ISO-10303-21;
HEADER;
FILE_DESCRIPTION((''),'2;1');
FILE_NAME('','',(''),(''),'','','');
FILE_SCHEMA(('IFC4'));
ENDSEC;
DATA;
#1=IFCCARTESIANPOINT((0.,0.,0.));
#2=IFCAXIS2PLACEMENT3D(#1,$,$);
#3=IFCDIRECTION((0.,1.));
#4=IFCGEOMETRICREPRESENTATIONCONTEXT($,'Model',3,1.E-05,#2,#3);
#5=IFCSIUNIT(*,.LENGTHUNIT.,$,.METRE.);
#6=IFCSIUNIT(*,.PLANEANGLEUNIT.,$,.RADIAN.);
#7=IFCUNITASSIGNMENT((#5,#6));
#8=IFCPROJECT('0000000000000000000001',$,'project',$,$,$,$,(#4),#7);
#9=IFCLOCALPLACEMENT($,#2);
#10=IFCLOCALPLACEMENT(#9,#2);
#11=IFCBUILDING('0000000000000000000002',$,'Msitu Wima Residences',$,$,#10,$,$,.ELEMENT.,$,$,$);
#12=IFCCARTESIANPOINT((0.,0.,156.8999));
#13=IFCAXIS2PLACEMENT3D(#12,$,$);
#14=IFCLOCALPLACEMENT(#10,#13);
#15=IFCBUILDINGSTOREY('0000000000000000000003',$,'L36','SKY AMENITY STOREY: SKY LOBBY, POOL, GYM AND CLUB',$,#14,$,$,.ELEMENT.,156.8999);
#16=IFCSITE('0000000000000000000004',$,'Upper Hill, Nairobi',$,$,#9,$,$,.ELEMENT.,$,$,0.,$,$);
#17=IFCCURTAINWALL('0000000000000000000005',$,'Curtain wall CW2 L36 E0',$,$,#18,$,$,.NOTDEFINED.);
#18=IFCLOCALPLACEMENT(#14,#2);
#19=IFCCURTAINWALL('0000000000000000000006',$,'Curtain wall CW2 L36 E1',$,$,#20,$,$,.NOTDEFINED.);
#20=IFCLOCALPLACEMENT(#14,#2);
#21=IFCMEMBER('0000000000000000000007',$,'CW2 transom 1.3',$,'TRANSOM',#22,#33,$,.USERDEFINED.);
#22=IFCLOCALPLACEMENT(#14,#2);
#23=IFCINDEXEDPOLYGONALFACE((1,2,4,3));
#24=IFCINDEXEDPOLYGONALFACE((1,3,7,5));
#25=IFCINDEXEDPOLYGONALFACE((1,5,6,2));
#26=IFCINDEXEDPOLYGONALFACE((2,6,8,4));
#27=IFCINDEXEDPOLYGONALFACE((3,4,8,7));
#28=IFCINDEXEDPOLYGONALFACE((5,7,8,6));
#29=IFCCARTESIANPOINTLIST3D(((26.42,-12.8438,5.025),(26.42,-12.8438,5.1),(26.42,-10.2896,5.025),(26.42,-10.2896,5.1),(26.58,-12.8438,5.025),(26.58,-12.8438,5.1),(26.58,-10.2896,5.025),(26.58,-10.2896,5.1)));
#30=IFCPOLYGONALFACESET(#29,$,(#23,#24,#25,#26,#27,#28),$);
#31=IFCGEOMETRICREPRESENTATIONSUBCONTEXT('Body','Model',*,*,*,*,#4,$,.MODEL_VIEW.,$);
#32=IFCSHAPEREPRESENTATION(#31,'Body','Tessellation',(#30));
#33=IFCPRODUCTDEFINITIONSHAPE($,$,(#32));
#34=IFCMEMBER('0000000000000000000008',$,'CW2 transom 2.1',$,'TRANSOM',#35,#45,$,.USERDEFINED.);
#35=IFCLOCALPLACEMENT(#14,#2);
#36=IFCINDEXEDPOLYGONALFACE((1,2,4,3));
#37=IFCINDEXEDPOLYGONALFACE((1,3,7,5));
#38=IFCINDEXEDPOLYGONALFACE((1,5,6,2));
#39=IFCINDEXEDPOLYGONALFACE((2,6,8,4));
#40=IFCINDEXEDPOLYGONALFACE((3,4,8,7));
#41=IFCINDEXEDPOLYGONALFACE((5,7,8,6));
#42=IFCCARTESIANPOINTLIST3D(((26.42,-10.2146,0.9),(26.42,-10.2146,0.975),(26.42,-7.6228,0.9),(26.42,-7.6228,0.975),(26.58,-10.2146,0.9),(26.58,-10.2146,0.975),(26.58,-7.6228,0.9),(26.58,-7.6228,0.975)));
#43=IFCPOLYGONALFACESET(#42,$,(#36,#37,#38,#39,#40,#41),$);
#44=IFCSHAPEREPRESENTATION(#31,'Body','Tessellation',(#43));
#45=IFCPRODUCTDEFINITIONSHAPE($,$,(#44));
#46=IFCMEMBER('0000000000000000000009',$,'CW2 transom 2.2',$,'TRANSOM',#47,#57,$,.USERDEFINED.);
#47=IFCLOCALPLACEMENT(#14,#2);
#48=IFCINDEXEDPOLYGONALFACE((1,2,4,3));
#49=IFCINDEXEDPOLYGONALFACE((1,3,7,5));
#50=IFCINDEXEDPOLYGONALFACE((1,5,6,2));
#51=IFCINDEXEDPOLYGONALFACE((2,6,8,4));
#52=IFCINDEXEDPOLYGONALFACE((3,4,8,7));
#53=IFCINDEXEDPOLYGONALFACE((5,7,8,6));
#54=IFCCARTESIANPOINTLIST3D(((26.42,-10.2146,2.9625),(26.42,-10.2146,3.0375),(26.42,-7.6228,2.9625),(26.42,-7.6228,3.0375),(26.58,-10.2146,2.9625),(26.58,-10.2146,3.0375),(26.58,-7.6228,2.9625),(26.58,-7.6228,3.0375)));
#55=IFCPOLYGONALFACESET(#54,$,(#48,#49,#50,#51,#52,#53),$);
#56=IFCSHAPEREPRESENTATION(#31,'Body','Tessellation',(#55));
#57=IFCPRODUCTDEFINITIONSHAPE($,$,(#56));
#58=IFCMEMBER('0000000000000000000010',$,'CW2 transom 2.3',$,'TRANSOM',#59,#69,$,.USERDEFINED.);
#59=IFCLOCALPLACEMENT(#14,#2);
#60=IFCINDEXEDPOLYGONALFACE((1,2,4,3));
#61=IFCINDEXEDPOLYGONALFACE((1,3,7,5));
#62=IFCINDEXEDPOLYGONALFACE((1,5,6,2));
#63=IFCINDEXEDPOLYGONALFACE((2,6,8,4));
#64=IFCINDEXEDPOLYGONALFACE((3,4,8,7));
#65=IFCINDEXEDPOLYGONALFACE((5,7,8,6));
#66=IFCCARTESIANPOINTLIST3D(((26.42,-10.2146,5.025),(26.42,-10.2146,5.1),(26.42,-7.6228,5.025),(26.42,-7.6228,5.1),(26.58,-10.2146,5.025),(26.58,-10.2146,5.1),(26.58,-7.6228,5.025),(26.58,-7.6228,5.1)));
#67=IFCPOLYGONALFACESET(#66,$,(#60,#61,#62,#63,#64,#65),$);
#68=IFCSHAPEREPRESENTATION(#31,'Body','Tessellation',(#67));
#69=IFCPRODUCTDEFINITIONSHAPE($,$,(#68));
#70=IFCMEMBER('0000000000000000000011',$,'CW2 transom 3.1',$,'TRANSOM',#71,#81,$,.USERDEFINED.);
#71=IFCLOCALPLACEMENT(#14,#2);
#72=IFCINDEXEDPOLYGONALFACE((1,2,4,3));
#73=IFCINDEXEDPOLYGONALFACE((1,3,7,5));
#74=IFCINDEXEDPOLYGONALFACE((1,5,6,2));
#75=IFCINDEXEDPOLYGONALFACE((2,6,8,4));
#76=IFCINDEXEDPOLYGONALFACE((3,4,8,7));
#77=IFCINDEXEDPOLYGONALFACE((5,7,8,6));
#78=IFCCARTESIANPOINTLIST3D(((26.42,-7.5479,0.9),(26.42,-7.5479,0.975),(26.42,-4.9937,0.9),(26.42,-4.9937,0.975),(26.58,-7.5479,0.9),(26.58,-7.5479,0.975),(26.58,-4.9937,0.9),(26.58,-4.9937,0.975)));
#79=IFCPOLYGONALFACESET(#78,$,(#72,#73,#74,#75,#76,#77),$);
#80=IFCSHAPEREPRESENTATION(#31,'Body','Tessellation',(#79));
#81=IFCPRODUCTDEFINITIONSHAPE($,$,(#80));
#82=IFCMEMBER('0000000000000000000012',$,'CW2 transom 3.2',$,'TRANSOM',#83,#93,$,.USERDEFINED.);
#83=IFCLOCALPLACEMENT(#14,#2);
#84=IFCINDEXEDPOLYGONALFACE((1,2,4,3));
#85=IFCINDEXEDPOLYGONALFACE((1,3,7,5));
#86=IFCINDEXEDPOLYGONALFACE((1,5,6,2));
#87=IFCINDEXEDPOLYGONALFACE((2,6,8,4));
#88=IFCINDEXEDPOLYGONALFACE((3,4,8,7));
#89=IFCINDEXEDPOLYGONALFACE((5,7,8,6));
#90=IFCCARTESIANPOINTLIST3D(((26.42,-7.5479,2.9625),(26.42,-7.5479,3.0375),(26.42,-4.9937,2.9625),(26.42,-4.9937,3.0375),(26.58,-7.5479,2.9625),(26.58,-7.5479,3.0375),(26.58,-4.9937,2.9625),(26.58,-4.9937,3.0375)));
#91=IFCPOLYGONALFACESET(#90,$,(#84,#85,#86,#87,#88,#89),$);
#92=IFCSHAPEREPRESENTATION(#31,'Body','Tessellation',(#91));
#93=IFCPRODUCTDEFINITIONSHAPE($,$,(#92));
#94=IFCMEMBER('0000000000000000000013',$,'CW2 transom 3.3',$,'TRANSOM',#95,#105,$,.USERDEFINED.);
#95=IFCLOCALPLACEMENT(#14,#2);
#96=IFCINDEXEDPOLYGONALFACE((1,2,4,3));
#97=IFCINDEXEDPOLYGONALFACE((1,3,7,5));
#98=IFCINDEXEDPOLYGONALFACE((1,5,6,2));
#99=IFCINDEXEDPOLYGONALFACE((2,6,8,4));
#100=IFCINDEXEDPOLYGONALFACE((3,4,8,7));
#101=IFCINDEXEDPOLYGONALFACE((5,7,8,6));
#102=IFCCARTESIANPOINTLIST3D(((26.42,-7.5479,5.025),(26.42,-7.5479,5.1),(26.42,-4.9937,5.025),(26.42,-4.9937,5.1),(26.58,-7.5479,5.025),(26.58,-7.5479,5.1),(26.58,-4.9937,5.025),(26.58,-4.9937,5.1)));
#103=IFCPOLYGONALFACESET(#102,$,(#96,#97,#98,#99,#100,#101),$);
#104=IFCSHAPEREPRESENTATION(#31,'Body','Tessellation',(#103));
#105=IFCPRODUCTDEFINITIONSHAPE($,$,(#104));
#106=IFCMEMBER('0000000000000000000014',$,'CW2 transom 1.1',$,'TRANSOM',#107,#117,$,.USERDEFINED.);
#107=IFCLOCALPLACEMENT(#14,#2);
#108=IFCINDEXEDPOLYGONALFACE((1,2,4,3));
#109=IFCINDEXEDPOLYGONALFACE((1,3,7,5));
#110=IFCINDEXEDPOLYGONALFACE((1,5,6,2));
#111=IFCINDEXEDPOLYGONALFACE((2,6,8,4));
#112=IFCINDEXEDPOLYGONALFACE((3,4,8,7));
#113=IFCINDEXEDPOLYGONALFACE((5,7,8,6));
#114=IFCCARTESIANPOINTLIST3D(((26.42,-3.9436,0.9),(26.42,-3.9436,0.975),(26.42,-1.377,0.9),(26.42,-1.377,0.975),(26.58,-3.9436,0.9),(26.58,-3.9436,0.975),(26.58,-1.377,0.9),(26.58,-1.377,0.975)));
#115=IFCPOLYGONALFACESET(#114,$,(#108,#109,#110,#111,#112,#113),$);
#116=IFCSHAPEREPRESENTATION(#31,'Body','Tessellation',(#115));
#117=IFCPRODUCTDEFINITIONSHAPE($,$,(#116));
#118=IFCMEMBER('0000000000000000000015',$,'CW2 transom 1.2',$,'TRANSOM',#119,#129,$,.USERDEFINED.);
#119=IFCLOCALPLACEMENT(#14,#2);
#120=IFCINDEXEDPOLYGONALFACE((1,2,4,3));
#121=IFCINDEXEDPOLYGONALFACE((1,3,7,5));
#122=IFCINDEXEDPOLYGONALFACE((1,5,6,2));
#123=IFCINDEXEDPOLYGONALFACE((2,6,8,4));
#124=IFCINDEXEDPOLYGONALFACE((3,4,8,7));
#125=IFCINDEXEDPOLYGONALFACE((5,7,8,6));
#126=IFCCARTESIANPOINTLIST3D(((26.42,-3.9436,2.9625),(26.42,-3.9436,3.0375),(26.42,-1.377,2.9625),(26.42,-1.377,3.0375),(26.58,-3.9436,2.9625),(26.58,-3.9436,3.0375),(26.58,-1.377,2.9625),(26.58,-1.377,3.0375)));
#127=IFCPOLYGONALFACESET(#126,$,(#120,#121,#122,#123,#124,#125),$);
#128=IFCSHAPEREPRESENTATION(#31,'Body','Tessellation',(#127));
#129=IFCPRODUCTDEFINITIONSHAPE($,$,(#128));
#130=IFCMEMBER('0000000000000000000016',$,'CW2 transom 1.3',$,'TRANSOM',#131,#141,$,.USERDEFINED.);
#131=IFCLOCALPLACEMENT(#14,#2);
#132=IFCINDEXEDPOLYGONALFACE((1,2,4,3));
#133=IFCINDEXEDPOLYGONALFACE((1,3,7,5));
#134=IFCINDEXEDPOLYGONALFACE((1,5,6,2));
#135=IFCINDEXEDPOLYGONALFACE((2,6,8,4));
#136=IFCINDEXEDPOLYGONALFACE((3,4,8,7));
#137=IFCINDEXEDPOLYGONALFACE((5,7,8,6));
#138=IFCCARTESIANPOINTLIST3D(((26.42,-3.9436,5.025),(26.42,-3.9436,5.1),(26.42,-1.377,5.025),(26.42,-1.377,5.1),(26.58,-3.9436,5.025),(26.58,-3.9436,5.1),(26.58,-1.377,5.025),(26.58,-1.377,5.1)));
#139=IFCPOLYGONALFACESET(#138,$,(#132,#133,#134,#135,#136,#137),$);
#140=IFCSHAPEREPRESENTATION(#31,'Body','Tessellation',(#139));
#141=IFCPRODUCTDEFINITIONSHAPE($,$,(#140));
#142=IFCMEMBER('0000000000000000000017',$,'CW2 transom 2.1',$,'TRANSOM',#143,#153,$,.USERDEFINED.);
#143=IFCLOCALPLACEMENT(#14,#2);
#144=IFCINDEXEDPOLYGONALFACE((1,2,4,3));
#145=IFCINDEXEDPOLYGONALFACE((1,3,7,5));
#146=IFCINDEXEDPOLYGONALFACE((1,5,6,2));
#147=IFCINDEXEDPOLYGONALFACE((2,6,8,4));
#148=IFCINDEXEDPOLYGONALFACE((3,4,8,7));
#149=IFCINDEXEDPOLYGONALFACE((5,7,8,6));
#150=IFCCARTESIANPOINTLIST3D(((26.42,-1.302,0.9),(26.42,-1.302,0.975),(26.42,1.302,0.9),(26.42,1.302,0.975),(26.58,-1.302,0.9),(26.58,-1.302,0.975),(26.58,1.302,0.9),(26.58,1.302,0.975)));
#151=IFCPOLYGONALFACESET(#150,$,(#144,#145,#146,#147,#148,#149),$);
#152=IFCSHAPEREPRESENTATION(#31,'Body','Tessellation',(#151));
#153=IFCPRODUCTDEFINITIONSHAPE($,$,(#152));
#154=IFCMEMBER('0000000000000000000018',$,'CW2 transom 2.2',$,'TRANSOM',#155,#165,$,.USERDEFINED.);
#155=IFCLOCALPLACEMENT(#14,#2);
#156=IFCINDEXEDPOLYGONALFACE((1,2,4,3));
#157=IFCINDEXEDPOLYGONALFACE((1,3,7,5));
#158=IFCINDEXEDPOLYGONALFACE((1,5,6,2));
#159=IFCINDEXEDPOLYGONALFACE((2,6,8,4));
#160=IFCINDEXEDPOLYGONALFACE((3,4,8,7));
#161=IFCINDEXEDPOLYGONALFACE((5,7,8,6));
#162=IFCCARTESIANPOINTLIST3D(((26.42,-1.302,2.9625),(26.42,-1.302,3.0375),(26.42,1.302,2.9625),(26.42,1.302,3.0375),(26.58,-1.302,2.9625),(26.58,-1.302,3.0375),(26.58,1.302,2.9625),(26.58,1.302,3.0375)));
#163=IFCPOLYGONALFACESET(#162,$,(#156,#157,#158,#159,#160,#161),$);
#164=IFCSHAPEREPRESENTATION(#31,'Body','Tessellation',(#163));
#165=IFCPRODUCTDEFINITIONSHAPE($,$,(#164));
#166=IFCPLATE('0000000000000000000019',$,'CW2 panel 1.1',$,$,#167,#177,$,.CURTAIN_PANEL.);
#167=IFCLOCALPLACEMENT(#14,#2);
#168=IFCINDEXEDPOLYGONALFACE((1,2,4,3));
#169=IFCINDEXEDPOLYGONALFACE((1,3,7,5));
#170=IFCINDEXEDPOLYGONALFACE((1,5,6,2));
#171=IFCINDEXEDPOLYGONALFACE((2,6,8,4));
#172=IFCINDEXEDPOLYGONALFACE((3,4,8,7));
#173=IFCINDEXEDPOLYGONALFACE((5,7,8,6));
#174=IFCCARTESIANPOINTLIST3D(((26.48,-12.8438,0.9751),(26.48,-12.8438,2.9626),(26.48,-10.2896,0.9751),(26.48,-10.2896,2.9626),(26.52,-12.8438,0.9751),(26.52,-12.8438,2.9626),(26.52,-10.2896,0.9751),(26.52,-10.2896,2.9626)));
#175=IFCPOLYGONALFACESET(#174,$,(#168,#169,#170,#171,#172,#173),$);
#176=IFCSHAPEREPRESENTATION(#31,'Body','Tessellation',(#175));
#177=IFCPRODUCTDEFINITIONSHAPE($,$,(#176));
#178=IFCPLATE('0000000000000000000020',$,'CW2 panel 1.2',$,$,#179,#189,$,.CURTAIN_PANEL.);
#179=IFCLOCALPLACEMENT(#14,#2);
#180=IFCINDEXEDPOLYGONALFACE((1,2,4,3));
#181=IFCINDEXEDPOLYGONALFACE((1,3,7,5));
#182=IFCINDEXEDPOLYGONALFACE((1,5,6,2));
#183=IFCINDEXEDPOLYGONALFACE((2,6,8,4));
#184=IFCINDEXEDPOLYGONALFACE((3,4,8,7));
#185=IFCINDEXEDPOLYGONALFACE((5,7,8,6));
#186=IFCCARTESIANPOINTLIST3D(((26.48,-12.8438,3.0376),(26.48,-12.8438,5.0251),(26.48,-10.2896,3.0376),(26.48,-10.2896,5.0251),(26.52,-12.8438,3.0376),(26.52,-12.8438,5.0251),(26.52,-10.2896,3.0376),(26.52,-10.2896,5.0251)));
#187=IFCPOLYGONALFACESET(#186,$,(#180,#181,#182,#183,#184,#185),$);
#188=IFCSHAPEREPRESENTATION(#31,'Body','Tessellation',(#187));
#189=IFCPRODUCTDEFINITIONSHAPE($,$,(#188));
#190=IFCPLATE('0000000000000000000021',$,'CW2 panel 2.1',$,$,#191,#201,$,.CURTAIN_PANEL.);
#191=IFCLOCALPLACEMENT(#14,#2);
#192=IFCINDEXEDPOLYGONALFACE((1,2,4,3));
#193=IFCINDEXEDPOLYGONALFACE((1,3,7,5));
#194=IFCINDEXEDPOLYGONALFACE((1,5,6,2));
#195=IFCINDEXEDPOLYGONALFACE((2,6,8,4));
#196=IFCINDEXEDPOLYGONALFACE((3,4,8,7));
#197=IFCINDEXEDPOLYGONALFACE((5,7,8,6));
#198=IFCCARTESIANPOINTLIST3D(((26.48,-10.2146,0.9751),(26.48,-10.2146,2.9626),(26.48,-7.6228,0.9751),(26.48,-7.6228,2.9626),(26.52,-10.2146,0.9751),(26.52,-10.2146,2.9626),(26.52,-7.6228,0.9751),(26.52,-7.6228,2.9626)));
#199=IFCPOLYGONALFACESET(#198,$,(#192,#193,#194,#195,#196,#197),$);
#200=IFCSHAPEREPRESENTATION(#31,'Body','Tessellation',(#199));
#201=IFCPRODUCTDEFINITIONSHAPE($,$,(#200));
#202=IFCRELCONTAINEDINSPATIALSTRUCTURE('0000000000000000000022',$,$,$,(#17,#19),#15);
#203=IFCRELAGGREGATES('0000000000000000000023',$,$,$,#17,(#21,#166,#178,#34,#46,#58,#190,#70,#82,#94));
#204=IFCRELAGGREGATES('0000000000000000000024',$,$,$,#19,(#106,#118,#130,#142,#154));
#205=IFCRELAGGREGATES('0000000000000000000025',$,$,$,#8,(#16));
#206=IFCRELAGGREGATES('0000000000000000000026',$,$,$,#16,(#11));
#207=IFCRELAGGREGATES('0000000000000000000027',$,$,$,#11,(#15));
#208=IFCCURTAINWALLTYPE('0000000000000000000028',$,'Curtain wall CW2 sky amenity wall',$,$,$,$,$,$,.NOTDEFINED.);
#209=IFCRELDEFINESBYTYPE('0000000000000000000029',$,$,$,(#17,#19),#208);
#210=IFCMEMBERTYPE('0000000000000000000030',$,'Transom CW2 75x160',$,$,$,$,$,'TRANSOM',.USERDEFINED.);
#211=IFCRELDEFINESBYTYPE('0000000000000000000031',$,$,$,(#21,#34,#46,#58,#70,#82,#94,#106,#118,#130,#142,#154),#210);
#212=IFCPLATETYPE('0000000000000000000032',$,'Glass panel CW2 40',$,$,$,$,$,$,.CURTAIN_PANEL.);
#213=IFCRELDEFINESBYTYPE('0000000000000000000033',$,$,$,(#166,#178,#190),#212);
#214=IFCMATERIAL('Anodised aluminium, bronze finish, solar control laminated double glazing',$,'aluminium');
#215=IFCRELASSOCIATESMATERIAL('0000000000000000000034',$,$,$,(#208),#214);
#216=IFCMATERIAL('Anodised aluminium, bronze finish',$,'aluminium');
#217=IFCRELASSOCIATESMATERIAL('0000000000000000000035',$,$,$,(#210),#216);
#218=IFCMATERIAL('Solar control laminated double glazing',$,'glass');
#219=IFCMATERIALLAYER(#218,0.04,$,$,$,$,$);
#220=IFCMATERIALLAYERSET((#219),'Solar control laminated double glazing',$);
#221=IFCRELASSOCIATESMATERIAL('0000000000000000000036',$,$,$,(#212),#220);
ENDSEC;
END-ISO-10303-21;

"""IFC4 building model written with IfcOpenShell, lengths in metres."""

from ifc_helpers import new_model, si_unit, direction, frame, origin, origin_2d, place, context, subcontext, project, spatial, rectangle, extrude, material, layer, layer_set, material_profile, profile_set, type_object, element, aggregate, save


model = new_model("IFC4")

# Units and contexts
model_context = context("Model", 3, precision=1e-05, world=origin(), true_north=direction((0.0, 1.0)))
body_context = subcontext(model_context, "Body", "Model", "MODEL_VIEW")
ifc_project = project(units=[si_unit("LENGTHUNIT", "METRE"), si_unit("PLANEANGLEUNIT", "RADIAN")], contexts=[model_context])

# Site, building, storey
site_placement = place(None, origin())
site = spatial("IfcSite", under=ifc_project, at=site_placement, Name="Upper Hill, Nairobi", CompositionType="ELEMENT", RefElevation=0.0)
building_placement = place(site_placement, origin())
building = spatial("IfcBuilding", under=site, at=building_placement, Name="Msitu Wima Residences", CompositionType="ELEMENT")
storey_placement = place(building_placement, frame((0.0, 0.0, 156.8999)))
storey = spatial("IfcBuildingStorey", under=building, at=storey_placement, Name="L36", Description="SKY AMENITY STOREY: SKY LOBBY, POOL, GYM AND CLUB", CompositionType="ELEMENT", Elevation=156.8999)

# Curtain walls
ifc_material_1 = material(Name="Anodised aluminium, bronze finish, solar control laminated double glazing", Category="aluminium")
curtain_wall_type = type_object("IfcCurtainWallType", Name="Curtain wall CW2 sky amenity wall", PredefinedType="NOTDEFINED", material=ifc_material_1)
curtain_wall_1_placement = place(storey_placement, origin())
curtain_wall_1 = element("IfcCurtainWall", 1, at=curtain_wall_1_placement, inside=storey, type_object=curtain_wall_type, Name="Curtain wall CW2 L36 E0", PredefinedType="NOTDEFINED")
ifc_material_2 = material(Name="Anodised aluminium, bronze finish", Category="aluminium")
curtain_wall_2_placement = place(storey_placement, origin())
curtain_wall_2 = element("IfcCurtainWall", 2, at=curtain_wall_2_placement, inside=storey, type_object=curtain_wall_type, Name="Curtain wall CW2 L36 E1", PredefinedType="NOTDEFINED")

# Members
ifc_material_profile_1 = material_profile(ifc_material_2, rectangle(XDim=0.1599, YDim=0.075, at=origin_2d()), Name="Transom 75x160")
ifc_profile_set_1 = profile_set([ifc_material_profile_1], Name="Anodised aluminium, bronze finish")
member_type_1 = type_object("IfcMemberType", Name="Transom CW2 75x160", ElementType="TRANSOM", PredefinedType="USERDEFINED", material=ifc_profile_set_1)
member_1_placement = place(storey_placement, frame((26.5, -12.8438, 5.0625), z_axis=(0.0, 1.0, 0.0), x_axis=(-1.0, 0.0, 0.0)))
member_1 = element("IfcMember", 3, at=member_1_placement, type_object=member_type_1, Name="CW2 transom 1.3", ObjectType="TRANSOM", PredefinedType="USERDEFINED", context=body_context, shape_type="SweptSolid", body=[
    extrude(rectangle(XDim=0.1599, YDim=0.075, at=origin_2d()), origin(), (0.0, 0.0, 1.0), 2.5542),
])
member_2_placement = place(storey_placement, frame((26.5, -10.2146, 0.9375), z_axis=(0.0, 1.0, 0.0), x_axis=(-1.0, 0.0, 0.0)))
member_2 = element("IfcMember", 4, at=member_2_placement, type_object=member_type_1, Name="CW2 transom 2.1", ObjectType="TRANSOM", PredefinedType="USERDEFINED", context=body_context, shape_type="SweptSolid", body=[
    extrude(rectangle(XDim=0.1599, YDim=0.075, at=origin_2d()), origin(), (0.0, 0.0, 1.0), 2.5918),
])
member_3_placement = place(storey_placement, frame((26.5, -10.2146, 3.0), z_axis=(0.0, 1.0, 0.0), x_axis=(-1.0, 0.0, 0.0)))
member_3 = element("IfcMember", 5, at=member_3_placement, type_object=member_type_1, Name="CW2 transom 2.2", ObjectType="TRANSOM", PredefinedType="USERDEFINED", context=body_context, shape_type="SweptSolid", body=[
    extrude(rectangle(XDim=0.1599, YDim=0.075, at=origin_2d()), origin(), (0.0, 0.0, 1.0), 2.5918),
])
member_4_placement = place(storey_placement, frame((26.5, -10.2146, 5.0625), z_axis=(0.0, 1.0, 0.0), x_axis=(-1.0, 0.0, 0.0)))
member_4 = element("IfcMember", 6, at=member_4_placement, type_object=member_type_1, Name="CW2 transom 2.3", ObjectType="TRANSOM", PredefinedType="USERDEFINED", context=body_context, shape_type="SweptSolid", body=[
    extrude(rectangle(XDim=0.1599, YDim=0.075, at=origin_2d()), origin(), (0.0, 0.0, 1.0), 2.5918),
])
member_5_placement = place(storey_placement, frame((26.5, -7.5479, 0.9375), z_axis=(0.0, 1.0, 0.0), x_axis=(-1.0, 0.0, 0.0)))
member_5 = element("IfcMember", 7, at=member_5_placement, type_object=member_type_1, Name="CW2 transom 3.1", ObjectType="TRANSOM", PredefinedType="USERDEFINED", context=body_context, shape_type="SweptSolid", body=[
    extrude(rectangle(XDim=0.1599, YDim=0.075, at=origin_2d()), origin(), (0.0, 0.0, 1.0), 2.5542),
])
member_6_placement = place(storey_placement, frame((26.5, -7.5479, 3.0), z_axis=(0.0, 1.0, 0.0), x_axis=(-1.0, 0.0, 0.0)))
member_6 = element("IfcMember", 8, at=member_6_placement, type_object=member_type_1, Name="CW2 transom 3.2", ObjectType="TRANSOM", PredefinedType="USERDEFINED", context=body_context, shape_type="SweptSolid", body=[
    extrude(rectangle(XDim=0.1599, YDim=0.075, at=origin_2d()), origin(), (0.0, 0.0, 1.0), 2.5542),
])
member_7_placement = place(storey_placement, frame((26.5, -7.5479, 5.0625), z_axis=(0.0, 1.0, 0.0), x_axis=(-1.0, 0.0, 0.0)))
member_7 = element("IfcMember", 9, at=member_7_placement, type_object=member_type_1, Name="CW2 transom 3.3", ObjectType="TRANSOM", PredefinedType="USERDEFINED", context=body_context, shape_type="SweptSolid", body=[
    extrude(rectangle(XDim=0.1599, YDim=0.075, at=origin_2d()), origin(), (0.0, 0.0, 1.0), 2.5542),
])
member_8_placement = place(storey_placement, frame((26.5, -3.9436, 0.9375), z_axis=(0.0, 1.0, 0.0), x_axis=(-1.0, 0.0, 0.0)))
member_8 = element("IfcMember", 10, at=member_8_placement, type_object=member_type_1, Name="CW2 transom 1.1", ObjectType="TRANSOM", PredefinedType="USERDEFINED", context=body_context, shape_type="SweptSolid", body=[
    extrude(rectangle(XDim=0.1599, YDim=0.075, at=origin_2d()), origin(), (0.0, 0.0, 1.0), 2.5667),
])
member_9_placement = place(storey_placement, frame((26.5, -3.9436, 3.0), z_axis=(0.0, 1.0, 0.0), x_axis=(-1.0, 0.0, 0.0)))
member_9 = element("IfcMember", 11, at=member_9_placement, type_object=member_type_1, Name="CW2 transom 1.2", ObjectType="TRANSOM", PredefinedType="USERDEFINED", context=body_context, shape_type="SweptSolid", body=[
    extrude(rectangle(XDim=0.1599, YDim=0.075, at=origin_2d()), origin(), (0.0, 0.0, 1.0), 2.5667),
])
member_10_placement = place(storey_placement, frame((26.5, -3.9436, 5.0625), z_axis=(0.0, 1.0, 0.0), x_axis=(-1.0, 0.0, 0.0)))
member_10 = element("IfcMember", 12, at=member_10_placement, type_object=member_type_1, Name="CW2 transom 1.3", ObjectType="TRANSOM", PredefinedType="USERDEFINED", context=body_context, shape_type="SweptSolid", body=[
    extrude(rectangle(XDim=0.1599, YDim=0.075, at=origin_2d()), origin(), (0.0, 0.0, 1.0), 2.5667),
])
member_11_placement = place(storey_placement, frame((26.5, -1.302, 0.9375), z_axis=(0.0, 1.0, 0.0), x_axis=(-1.0, 0.0, 0.0)))
member_11 = element("IfcMember", 13, at=member_11_placement, type_object=member_type_1, Name="CW2 transom 2.1", ObjectType="TRANSOM", PredefinedType="USERDEFINED", context=body_context, shape_type="SweptSolid", body=[
    extrude(rectangle(XDim=0.1599, YDim=0.075, at=origin_2d()), origin(), (0.0, 0.0, 1.0), 2.604),
])
member_12_placement = place(storey_placement, frame((26.5, -1.302, 3.0), z_axis=(0.0, 1.0, 0.0), x_axis=(-1.0, 0.0, 0.0)))
member_12 = element("IfcMember", 14, at=member_12_placement, type_object=member_type_1, Name="CW2 transom 2.2", ObjectType="TRANSOM", PredefinedType="USERDEFINED", context=body_context, shape_type="SweptSolid", body=[
    extrude(rectangle(XDim=0.1599, YDim=0.075, at=origin_2d()), origin(), (0.0, 0.0, 1.0), 2.604),
])

# Plates
ifc_material_3 = material(Name="Solar control laminated double glazing", Category="glass")
ifc_layer_1 = layer(ifc_material_3, 0.04)
ifc_layer_set_1 = layer_set([ifc_layer_1], Name="Solar control laminated double glazing")
plate_type = type_object("IfcPlateType", Name="Glass panel CW2 40", PredefinedType="CURTAIN_PANEL", material=ifc_layer_set_1)
plate_1_placement = place(storey_placement, frame((26.5, -11.5667, 0.9751), z_axis=(0.0, 0.0, 1.0), x_axis=(0.0, 1.0, 0.0)))
plate_1 = element("IfcPlate", 15, at=plate_1_placement, type_object=plate_type, Name="CW2 panel 1.1", PredefinedType="CURTAIN_PANEL", context=body_context, shape_type="SweptSolid", body=[
    extrude(rectangle(XDim=2.5542, YDim=0.04, at=origin_2d()), origin(), (0.0, 0.0, 1.0), 1.9875),
])
plate_2_placement = place(storey_placement, frame((26.5, -11.5667, 3.0376), z_axis=(0.0, 0.0, 1.0), x_axis=(0.0, 1.0, 0.0)))
plate_2 = element("IfcPlate", 16, at=plate_2_placement, type_object=plate_type, Name="CW2 panel 1.2", PredefinedType="CURTAIN_PANEL", context=body_context, shape_type="SweptSolid", body=[
    extrude(rectangle(XDim=2.5542, YDim=0.04, at=origin_2d()), origin(), (0.0, 0.0, 1.0), 1.9875),
])
plate_3_placement = place(storey_placement, frame((26.5, -8.9187, 0.9751), z_axis=(0.0, 0.0, 1.0), x_axis=(0.0, 1.0, 0.0)))
plate_3 = element("IfcPlate", 17, at=plate_3_placement, type_object=plate_type, Name="CW2 panel 2.1", PredefinedType="CURTAIN_PANEL", context=body_context, shape_type="SweptSolid", body=[
    extrude(rectangle(XDim=2.5918, YDim=0.04, at=origin_2d()), origin(), (0.0, 0.0, 1.0), 1.9875),
])
aggregate(curtain_wall_1, [member_1, plate_1, plate_2, member_2, member_3, member_4, plate_3, member_5, member_6, member_7])
aggregate(curtain_wall_2, [member_8, member_9, member_10, member_11, member_12])

save(model, "model.ifc")
